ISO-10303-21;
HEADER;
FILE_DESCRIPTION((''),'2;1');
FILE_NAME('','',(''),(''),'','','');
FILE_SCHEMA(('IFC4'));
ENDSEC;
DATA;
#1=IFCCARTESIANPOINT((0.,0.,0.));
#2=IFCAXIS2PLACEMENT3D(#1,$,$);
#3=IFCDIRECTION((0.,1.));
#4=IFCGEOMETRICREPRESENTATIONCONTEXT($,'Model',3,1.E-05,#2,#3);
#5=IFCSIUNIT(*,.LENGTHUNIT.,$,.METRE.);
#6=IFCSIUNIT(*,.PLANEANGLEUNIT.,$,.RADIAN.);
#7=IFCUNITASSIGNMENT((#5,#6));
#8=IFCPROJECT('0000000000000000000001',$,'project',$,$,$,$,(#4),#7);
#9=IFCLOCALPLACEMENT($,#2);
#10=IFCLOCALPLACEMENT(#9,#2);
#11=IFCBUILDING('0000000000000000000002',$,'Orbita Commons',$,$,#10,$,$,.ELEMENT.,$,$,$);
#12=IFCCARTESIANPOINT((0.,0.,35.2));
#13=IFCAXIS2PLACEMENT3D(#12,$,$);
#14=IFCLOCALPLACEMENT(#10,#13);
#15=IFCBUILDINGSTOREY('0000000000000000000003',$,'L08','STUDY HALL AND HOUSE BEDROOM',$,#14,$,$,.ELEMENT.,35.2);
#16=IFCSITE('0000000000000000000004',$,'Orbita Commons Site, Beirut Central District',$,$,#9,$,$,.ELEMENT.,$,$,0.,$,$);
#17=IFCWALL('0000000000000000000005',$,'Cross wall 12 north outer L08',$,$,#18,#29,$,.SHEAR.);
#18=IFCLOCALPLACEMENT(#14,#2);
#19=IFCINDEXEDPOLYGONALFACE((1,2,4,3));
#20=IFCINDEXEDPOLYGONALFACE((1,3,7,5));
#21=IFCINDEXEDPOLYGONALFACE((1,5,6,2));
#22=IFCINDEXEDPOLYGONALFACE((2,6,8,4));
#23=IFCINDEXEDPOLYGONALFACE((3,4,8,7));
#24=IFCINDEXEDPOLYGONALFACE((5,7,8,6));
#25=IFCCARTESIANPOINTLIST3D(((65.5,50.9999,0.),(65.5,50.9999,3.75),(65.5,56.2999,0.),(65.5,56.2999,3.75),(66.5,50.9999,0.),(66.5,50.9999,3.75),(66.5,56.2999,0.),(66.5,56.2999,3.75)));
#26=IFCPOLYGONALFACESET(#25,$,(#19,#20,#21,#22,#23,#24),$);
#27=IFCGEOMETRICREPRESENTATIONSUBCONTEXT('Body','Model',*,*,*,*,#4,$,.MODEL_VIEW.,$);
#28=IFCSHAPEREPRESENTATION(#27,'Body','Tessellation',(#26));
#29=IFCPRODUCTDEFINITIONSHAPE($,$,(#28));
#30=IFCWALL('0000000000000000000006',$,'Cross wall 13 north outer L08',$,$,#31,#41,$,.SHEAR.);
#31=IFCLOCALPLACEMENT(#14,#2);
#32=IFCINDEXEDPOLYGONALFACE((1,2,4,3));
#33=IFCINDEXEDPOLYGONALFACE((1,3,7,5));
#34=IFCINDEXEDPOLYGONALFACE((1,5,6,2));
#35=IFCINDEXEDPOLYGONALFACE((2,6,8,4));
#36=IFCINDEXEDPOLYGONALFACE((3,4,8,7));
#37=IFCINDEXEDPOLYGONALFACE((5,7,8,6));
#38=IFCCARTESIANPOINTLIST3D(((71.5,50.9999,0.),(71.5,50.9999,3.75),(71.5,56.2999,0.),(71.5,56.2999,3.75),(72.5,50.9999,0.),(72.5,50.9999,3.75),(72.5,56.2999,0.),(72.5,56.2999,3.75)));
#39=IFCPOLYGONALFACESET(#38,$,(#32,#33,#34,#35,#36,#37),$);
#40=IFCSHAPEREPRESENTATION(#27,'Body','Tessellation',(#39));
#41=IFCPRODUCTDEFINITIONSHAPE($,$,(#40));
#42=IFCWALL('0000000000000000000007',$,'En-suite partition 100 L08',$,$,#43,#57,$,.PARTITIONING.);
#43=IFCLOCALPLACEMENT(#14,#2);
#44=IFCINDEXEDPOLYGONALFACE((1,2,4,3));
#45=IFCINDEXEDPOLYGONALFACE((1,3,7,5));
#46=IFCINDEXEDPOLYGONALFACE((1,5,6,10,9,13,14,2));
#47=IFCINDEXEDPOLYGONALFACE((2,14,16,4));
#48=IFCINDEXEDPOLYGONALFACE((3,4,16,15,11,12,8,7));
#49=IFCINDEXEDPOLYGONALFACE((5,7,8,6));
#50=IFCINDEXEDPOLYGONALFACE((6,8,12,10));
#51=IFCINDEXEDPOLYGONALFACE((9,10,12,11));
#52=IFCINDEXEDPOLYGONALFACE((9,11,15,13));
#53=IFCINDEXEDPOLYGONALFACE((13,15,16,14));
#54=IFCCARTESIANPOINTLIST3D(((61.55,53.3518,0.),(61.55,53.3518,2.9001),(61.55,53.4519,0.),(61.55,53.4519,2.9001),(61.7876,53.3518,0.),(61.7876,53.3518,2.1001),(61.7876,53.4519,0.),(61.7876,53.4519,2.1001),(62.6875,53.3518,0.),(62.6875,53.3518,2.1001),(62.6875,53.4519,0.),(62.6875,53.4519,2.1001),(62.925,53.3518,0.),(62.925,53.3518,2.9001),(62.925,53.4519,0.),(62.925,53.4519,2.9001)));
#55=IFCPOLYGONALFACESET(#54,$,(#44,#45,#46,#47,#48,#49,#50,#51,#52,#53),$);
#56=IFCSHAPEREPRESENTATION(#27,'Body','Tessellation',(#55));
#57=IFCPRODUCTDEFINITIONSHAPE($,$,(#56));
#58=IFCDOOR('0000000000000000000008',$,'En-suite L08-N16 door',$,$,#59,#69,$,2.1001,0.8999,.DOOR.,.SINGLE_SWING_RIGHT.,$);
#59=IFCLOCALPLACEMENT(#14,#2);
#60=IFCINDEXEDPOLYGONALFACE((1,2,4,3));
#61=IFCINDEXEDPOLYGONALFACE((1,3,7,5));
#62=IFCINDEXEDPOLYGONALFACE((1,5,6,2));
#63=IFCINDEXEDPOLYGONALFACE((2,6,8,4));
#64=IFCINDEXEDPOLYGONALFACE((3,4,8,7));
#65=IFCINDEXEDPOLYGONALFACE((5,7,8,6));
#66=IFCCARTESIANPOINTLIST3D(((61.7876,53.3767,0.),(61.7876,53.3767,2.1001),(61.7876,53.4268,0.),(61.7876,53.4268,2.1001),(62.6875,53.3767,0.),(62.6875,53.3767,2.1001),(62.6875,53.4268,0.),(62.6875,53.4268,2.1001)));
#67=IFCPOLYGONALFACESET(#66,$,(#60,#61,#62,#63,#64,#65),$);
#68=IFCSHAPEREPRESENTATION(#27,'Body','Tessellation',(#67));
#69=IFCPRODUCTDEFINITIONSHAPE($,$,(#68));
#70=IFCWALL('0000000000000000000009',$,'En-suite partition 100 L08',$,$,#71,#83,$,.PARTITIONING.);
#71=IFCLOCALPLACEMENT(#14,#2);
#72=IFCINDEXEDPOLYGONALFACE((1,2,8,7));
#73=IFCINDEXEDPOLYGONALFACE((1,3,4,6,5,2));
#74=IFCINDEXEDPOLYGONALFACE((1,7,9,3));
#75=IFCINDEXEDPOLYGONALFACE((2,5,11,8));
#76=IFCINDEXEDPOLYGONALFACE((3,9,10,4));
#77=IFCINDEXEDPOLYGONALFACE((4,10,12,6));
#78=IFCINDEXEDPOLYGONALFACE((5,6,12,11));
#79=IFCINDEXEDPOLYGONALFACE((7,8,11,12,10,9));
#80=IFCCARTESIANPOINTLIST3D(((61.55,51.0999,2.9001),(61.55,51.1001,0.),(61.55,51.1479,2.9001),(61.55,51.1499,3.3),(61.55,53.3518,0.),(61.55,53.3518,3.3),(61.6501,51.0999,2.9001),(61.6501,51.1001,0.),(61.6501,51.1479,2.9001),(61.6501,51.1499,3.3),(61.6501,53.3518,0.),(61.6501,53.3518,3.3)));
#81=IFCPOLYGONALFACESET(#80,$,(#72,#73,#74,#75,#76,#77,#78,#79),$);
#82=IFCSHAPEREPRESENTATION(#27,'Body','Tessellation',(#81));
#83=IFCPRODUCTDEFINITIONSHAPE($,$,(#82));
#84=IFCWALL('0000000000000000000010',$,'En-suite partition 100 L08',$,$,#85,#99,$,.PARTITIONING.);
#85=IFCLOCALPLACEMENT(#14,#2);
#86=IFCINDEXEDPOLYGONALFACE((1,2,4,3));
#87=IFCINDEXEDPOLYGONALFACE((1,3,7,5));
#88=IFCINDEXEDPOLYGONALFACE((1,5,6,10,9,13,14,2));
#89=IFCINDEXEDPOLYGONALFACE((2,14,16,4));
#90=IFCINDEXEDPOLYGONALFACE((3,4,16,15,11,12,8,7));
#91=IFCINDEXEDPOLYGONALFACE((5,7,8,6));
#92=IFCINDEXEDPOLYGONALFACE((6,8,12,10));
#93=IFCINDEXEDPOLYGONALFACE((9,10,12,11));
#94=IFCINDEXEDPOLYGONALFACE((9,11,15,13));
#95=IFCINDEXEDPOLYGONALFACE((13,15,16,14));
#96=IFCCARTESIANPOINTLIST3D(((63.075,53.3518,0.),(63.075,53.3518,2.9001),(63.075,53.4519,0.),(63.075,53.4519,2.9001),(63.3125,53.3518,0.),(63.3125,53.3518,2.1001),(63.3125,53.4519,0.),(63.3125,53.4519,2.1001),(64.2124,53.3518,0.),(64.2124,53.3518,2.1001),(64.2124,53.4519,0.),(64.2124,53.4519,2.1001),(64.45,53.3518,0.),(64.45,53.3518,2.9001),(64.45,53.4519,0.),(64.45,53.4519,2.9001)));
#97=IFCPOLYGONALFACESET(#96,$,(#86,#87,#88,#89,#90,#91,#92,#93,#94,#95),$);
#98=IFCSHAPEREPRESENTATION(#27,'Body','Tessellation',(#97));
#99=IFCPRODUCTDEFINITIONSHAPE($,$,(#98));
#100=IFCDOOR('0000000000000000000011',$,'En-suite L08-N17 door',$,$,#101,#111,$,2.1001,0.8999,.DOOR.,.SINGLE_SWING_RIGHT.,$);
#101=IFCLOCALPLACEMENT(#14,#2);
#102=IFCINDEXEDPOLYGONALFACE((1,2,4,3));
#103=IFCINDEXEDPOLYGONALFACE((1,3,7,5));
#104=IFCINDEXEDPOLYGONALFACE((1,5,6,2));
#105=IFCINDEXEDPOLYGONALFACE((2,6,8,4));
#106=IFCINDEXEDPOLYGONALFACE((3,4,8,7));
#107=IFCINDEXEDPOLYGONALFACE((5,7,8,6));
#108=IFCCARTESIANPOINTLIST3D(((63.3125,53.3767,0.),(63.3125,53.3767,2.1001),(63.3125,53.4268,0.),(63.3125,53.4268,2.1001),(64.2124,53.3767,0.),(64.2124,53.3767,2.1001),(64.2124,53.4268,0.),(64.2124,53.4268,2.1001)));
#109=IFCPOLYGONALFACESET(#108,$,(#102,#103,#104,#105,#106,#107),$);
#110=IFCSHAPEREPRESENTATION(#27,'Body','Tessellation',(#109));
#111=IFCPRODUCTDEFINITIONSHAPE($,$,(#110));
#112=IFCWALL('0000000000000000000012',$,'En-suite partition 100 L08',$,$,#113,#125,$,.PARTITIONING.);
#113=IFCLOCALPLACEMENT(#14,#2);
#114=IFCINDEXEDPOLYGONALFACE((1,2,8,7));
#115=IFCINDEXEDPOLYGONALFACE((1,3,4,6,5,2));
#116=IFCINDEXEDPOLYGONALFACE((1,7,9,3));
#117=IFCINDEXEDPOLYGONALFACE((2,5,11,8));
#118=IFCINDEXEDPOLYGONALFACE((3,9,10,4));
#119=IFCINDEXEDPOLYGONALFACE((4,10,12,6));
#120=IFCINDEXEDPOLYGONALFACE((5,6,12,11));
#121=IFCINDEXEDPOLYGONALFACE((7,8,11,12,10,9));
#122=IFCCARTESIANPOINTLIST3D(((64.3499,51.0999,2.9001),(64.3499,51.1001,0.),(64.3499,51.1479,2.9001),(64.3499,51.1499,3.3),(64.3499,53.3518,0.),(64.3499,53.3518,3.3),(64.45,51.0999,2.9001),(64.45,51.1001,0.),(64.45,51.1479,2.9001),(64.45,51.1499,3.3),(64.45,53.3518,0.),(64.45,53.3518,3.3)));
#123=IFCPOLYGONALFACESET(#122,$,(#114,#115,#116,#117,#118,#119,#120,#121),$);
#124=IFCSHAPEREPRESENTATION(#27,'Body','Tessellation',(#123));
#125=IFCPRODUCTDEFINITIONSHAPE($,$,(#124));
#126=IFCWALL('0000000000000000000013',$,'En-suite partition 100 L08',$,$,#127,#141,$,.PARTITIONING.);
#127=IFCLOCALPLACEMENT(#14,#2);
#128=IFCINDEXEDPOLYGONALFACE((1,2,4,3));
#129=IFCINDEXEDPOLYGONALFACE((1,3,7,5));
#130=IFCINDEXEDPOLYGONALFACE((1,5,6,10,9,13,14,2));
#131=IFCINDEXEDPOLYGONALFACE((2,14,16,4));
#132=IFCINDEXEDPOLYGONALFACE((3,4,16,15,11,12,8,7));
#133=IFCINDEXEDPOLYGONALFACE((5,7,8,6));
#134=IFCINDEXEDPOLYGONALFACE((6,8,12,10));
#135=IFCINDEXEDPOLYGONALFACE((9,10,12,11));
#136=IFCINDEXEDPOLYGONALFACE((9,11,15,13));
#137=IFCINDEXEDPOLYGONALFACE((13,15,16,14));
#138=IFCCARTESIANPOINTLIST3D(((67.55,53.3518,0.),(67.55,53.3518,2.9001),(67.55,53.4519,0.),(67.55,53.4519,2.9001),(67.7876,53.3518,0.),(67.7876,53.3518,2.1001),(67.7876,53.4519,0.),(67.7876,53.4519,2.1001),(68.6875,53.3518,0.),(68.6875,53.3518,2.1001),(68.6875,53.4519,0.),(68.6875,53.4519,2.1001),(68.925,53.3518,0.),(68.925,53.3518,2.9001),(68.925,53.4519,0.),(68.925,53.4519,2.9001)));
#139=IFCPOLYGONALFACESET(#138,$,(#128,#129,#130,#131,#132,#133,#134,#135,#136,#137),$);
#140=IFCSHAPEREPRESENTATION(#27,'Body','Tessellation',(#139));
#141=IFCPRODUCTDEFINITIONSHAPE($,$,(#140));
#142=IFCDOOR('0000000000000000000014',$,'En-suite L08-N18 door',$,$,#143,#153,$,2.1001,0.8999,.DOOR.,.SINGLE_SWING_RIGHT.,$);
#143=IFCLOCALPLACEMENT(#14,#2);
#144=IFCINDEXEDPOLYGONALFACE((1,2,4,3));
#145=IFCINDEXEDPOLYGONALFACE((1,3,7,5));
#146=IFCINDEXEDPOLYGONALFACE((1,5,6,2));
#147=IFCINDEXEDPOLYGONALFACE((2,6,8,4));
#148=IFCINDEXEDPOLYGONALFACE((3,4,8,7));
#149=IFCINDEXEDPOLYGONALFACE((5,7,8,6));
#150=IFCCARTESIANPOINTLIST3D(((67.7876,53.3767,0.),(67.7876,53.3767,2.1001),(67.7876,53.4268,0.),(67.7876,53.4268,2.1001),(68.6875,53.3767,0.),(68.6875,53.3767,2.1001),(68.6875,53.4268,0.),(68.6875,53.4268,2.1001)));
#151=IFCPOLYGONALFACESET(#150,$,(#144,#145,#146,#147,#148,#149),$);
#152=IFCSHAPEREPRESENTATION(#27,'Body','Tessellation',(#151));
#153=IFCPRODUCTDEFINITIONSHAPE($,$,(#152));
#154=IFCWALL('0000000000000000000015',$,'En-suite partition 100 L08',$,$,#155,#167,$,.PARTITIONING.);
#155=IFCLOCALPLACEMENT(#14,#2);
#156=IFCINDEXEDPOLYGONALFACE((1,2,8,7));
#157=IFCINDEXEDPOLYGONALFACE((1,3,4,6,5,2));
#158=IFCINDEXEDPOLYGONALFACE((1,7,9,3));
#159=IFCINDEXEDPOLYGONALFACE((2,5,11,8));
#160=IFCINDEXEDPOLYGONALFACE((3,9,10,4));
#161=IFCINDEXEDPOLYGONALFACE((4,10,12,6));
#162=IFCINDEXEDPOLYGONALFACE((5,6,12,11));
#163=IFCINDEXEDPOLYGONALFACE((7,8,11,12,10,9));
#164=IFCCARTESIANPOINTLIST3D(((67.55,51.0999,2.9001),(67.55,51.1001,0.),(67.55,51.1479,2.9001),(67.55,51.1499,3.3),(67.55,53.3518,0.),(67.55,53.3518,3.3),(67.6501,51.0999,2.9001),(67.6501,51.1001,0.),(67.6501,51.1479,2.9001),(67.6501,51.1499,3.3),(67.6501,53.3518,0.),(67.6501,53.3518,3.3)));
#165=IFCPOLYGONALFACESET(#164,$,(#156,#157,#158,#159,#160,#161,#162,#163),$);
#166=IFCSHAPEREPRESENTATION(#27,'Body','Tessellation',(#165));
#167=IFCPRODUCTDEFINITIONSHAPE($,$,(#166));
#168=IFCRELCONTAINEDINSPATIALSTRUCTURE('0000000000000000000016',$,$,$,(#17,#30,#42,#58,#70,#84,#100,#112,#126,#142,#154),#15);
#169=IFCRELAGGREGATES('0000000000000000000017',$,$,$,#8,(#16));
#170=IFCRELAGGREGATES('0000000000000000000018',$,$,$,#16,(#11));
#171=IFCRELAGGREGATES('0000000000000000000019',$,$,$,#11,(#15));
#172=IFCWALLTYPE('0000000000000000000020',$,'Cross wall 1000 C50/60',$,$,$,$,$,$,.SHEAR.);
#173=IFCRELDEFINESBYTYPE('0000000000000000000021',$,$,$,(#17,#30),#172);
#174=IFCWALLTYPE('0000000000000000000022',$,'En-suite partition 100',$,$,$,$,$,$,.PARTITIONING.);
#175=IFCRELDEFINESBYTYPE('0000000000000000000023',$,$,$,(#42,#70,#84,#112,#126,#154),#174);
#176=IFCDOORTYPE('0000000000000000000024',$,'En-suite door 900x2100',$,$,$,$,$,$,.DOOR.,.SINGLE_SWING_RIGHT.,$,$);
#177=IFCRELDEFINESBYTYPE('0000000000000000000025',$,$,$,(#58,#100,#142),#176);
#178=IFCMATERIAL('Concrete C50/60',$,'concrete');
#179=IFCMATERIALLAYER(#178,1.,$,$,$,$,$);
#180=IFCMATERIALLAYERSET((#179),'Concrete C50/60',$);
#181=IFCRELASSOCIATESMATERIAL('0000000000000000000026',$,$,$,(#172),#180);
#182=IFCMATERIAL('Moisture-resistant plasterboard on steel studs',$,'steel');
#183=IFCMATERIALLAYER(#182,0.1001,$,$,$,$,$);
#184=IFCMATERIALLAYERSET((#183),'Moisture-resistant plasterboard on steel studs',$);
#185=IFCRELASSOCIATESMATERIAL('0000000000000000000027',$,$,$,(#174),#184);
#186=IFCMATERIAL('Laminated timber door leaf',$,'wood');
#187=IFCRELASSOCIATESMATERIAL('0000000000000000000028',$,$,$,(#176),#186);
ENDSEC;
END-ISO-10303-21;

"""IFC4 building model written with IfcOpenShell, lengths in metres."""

from ifc_helpers import new_model, si_unit, direction, frame, frame_2d, origin, place, context, subcontext, project, spatial, polyline, rectangle, outline, extrude, material, layer, layer_set, type_object, element, fill, save


model = new_model("IFC4")

# Units and contexts
model_context = context("Model", 3, precision=1e-05, world=origin(), true_north=direction((0.0, 1.0)))
body_context = subcontext(model_context, "Body", "Model", "MODEL_VIEW")
ifc_project = project(units=[si_unit("LENGTHUNIT", "METRE"), si_unit("PLANEANGLEUNIT", "RADIAN")], contexts=[model_context])

# Site, building, storey
site_placement = place(None, origin())
site = spatial("IfcSite", under=ifc_project, at=site_placement, Name="Orbita Commons Site, Beirut Central District", CompositionType="ELEMENT", RefElevation=0.0)
building_placement = place(site_placement, origin())
building = spatial("IfcBuilding", under=site, at=building_placement, Name="Orbita Commons", CompositionType="ELEMENT")
storey_placement = place(building_placement, frame((0.0, 0.0, 35.2)))
storey = spatial("IfcBuildingStorey", under=building, at=storey_placement, Name="L08", Description="STUDY HALL AND HOUSE BEDROOM", CompositionType="ELEMENT", Elevation=35.2)

# Walls
ifc_material_1 = material(Name="Concrete C50/60", Category="concrete")
ifc_layer_1 = layer(ifc_material_1, 1.0)
ifc_layer_set_1 = layer_set([ifc_layer_1], Name="Concrete C50/60")
wall_type_1 = type_object("IfcWallType", Name="Cross wall 1000 C50/60", PredefinedType="SHEAR", material=ifc_layer_set_1)
for number, where, z_axis, x_axis, name in (
    (1, (66.0, 51.0, 0.0), (0.0, 0.0, 1.0), (0.0, 1.0, 0.0), "Cross wall 12 north outer L08"),
    (2, (72.0, 51.0, 0.0), (0.0, 0.0, 1.0), (0.0, 1.0, 0.0), "Cross wall 13 north outer L08"),
):
    element("IfcWall", number, at=place(storey_placement, frame(where, z_axis=z_axis, x_axis=x_axis)), inside=storey, type_object=wall_type_1, Name=name, PredefinedType="SHEAR", context=body_context, shape_type="SweptSolid", body=[
        extrude(rectangle(XDim=5.3, YDim=1.0, at=frame_2d((2.6499, 0.0))), origin(), (0.0, 0.0, 1.0), 3.75),
    ])

# Wall, opening, door
ifc_material_2 = material(Name="Moisture-resistant plasterboard on steel studs", Category="steel")
ifc_layer_2 = layer(ifc_material_2, 0.1001)
ifc_layer_set_2 = layer_set([ifc_layer_2], Name="Moisture-resistant plasterboard on steel studs")
wall_type_2 = type_object("IfcWallType", Name="En-suite partition 100", PredefinedType="PARTITIONING", material=ifc_layer_set_2)
wall_1_placement = place(storey_placement, frame((61.55, 53.4019, 0.0), z_axis=(0.0, 0.0, 1.0), x_axis=(1.0, 0.0, 0.0)))
wall_1 = element("IfcWall", 3, at=wall_1_placement, inside=storey, type_object=wall_type_2, Name="En-suite partition 100 L08", PredefinedType="PARTITIONING", context=body_context, shape_type="SweptSolid", body=[
    extrude(outline(polyline([(0.0, 0.0), (1.375, 0.0), (1.375, 2.9001), (0.0, 2.9001), (0.0, 0.0)])), frame((0.0, 0.05, 0.0), z_axis=(0.0, -1.0, 0.0), x_axis=(1.0, 0.0, 0.0)), (0.0, 0.0, 1.0), 0.1001),
])
opening_1_placement = place(wall_1_placement, frame((0.2375, 0.0, 0.0)))
opening_1 = element("IfcOpeningElement", 4, at=opening_1_placement, cuts=wall_1, PredefinedType="OPENING", context=body_context, shape_type="SweptSolid", body=[
    extrude(rectangle(XDim=0.8999, YDim=2.1001, at=frame_2d((0.45, 1.05))), frame((0.0, 0.0601, 0.0), z_axis=(0.0, -1.0, 0.0), x_axis=(1.0, 0.0, 0.0)), (0.0, 0.0, 1.0), 0.1201),
])
ifc_material_3 = material(Name="Laminated timber door leaf", Category="wood")
door_type_1 = type_object("IfcDoorType", Name="En-suite door 900x2100", OperationType="SINGLE_SWING_RIGHT", PredefinedType="DOOR", material=ifc_material_3)
door_1_placement = place(opening_1_placement, origin())
door_1 = element("IfcDoor", 5, at=door_1_placement, inside=storey, type_object=door_type_1, Name="En-suite L08-N16 door", OperationType="SINGLE_SWING_RIGHT", OverallHeight=2.1001, OverallWidth=0.8999, PredefinedType="DOOR", context=body_context, shape_type="SweptSolid", body=[
    extrude(rectangle(XDim=0.8999, YDim=2.1001, at=frame_2d((0.45, 1.05))), frame((0.0, 0.0249, 0.0), z_axis=(0.0, -1.0, 0.0), x_axis=(1.0, 0.0, 0.0)), (0.0, 0.0, 1.0), 0.05),
])
fill(opening_1, door_1)

# Wall
wall_2_placement = place(storey_placement, frame((61.6001, 53.3518, 0.0), z_axis=(0.0, 0.0, 1.0), x_axis=(0.0, -1.0, 0.0)))
element("IfcWall", 6, at=wall_2_placement, inside=storey, type_object=wall_type_2, Name="En-suite partition 100 L08", PredefinedType="PARTITIONING", context=body_context, shape_type="SweptSolid", body=[
    extrude(outline(polyline([(0.0, 0.0), (2.2517, 0.0), (2.252, 2.9001), (2.2039, 2.9001), (2.2019, 3.3), (0.0, 3.3), (0.0, 0.0)])), frame((0.0, 0.05, 0.0), z_axis=(0.0, -1.0, 0.0), x_axis=(1.0, 0.0, 0.0)), (0.0, 0.0, 1.0), 0.1001),
])

# Wall, opening, door
wall_3_placement = place(storey_placement, frame((63.075, 53.4019, 0.0), z_axis=(0.0, 0.0, 1.0), x_axis=(1.0, 0.0, 0.0)))
wall_3 = element("IfcWall", 7, at=wall_3_placement, inside=storey, type_object=wall_type_2, Name="En-suite partition 100 L08", PredefinedType="PARTITIONING", context=body_context, shape_type="SweptSolid", body=[
    extrude(outline(polyline([(0.0, 0.0), (1.375, 0.0), (1.375, 2.9001), (0.0, 2.9001), (0.0, 0.0)])), frame((0.0, 0.05, 0.0), z_axis=(0.0, -1.0, 0.0), x_axis=(1.0, 0.0, 0.0)), (0.0, 0.0, 1.0), 0.1001),
])
opening_2_placement = place(wall_3_placement, frame((0.2375, 0.0, 0.0)))
opening_2 = element("IfcOpeningElement", 8, at=opening_2_placement, cuts=wall_3, PredefinedType="OPENING", context=body_context, shape_type="SweptSolid", body=[
    extrude(rectangle(XDim=0.8999, YDim=2.1001, at=frame_2d((0.45, 1.05))), frame((0.0, 0.0601, 0.0), z_axis=(0.0, -1.0, 0.0), x_axis=(1.0, 0.0, 0.0)), (0.0, 0.0, 1.0), 0.1201),
])
door_2_placement = place(opening_2_placement, origin())
door_2 = element("IfcDoor", 9, at=door_2_placement, inside=storey, type_object=door_type_1, Name="En-suite L08-N17 door", OperationType="SINGLE_SWING_RIGHT", OverallHeight=2.1001, OverallWidth=0.8999, PredefinedType="DOOR", context=body_context, shape_type="SweptSolid", body=[
    extrude(rectangle(XDim=0.8999, YDim=2.1001, at=frame_2d((0.45, 1.05))), frame((0.0, 0.0249, 0.0), z_axis=(0.0, -1.0, 0.0), x_axis=(1.0, 0.0, 0.0)), (0.0, 0.0, 1.0), 0.05),
])
fill(opening_2, door_2)

# Wall
wall_4_placement = place(storey_placement, frame((64.3999, 53.3518, 0.0), z_axis=(0.0, 0.0, 1.0), x_axis=(0.0, -1.0, 0.0)))
element("IfcWall", 10, at=wall_4_placement, inside=storey, type_object=wall_type_2, Name="En-suite partition 100 L08", PredefinedType="PARTITIONING", context=body_context, shape_type="SweptSolid", body=[
    extrude(outline(polyline([(0.0, 0.0), (2.2517, 0.0), (2.252, 2.9001), (2.2039, 2.9001), (2.2019, 3.3), (0.0, 3.3), (0.0, 0.0)])), frame((0.0, 0.05, 0.0), z_axis=(0.0, -1.0, 0.0), x_axis=(1.0, 0.0, 0.0)), (0.0, 0.0, 1.0), 0.1001),
])

# Wall, opening, door
wall_5_placement = place(storey_placement, frame((67.55, 53.4019, 0.0), z_axis=(0.0, 0.0, 1.0), x_axis=(1.0, 0.0, 0.0)))
wall_5 = element("IfcWall", 11, at=wall_5_placement, inside=storey, type_object=wall_type_2, Name="En-suite partition 100 L08", PredefinedType="PARTITIONING", context=body_context, shape_type="SweptSolid", body=[
    extrude(outline(polyline([(0.0, 0.0), (1.375, 0.0), (1.375, 2.9001), (0.0, 2.9001), (0.0, 0.0)])), frame((0.0, 0.05, 0.0), z_axis=(0.0, -1.0, 0.0), x_axis=(1.0, 0.0, 0.0)), (0.0, 0.0, 1.0), 0.1001),
])
opening_3_placement = place(wall_5_placement, frame((0.2375, 0.0, 0.0)))
opening_3 = element("IfcOpeningElement", 12, at=opening_3_placement, cuts=wall_5, PredefinedType="OPENING", context=body_context, shape_type="SweptSolid", body=[
    extrude(rectangle(XDim=0.8999, YDim=2.1001, at=frame_2d((0.45, 1.05))), frame((0.0, 0.0601, 0.0), z_axis=(0.0, -1.0, 0.0), x_axis=(1.0, 0.0, 0.0)), (0.0, 0.0, 1.0), 0.1201),
])
door_3_placement = place(opening_3_placement, origin())
door_3 = element("IfcDoor", 13, at=door_3_placement, inside=storey, type_object=door_type_1, Name="En-suite L08-N18 door", OperationType="SINGLE_SWING_RIGHT", OverallHeight=2.1001, OverallWidth=0.8999, PredefinedType="DOOR", context=body_context, shape_type="SweptSolid", body=[
    extrude(rectangle(XDim=0.8999, YDim=2.1001, at=frame_2d((0.45, 1.05))), frame((0.0, 0.0249, 0.0), z_axis=(0.0, -1.0, 0.0), x_axis=(1.0, 0.0, 0.0)), (0.0, 0.0, 1.0), 0.05),
])
fill(opening_3, door_3)

# Wall
wall_6_placement = place(storey_placement, frame((67.6001, 53.3518, 0.0), z_axis=(0.0, 0.0, 1.0), x_axis=(0.0, -1.0, 0.0)))
element("IfcWall", 14, at=wall_6_placement, inside=storey, type_object=wall_type_2, Name="En-suite partition 100 L08", PredefinedType="PARTITIONING", context=body_context, shape_type="SweptSolid", body=[
    extrude(outline(polyline([(0.0, 0.0), (2.2517, 0.0), (2.252, 2.9001), (2.2039, 2.9001), (2.2019, 3.3), (0.0, 3.3), (0.0, 0.0)])), frame((0.0, 0.05, 0.0), z_axis=(0.0, -1.0, 0.0), x_axis=(1.0, 0.0, 0.0)), (0.0, 0.0, 1.0), 0.1001),
])

save(model, "model.ifc")
